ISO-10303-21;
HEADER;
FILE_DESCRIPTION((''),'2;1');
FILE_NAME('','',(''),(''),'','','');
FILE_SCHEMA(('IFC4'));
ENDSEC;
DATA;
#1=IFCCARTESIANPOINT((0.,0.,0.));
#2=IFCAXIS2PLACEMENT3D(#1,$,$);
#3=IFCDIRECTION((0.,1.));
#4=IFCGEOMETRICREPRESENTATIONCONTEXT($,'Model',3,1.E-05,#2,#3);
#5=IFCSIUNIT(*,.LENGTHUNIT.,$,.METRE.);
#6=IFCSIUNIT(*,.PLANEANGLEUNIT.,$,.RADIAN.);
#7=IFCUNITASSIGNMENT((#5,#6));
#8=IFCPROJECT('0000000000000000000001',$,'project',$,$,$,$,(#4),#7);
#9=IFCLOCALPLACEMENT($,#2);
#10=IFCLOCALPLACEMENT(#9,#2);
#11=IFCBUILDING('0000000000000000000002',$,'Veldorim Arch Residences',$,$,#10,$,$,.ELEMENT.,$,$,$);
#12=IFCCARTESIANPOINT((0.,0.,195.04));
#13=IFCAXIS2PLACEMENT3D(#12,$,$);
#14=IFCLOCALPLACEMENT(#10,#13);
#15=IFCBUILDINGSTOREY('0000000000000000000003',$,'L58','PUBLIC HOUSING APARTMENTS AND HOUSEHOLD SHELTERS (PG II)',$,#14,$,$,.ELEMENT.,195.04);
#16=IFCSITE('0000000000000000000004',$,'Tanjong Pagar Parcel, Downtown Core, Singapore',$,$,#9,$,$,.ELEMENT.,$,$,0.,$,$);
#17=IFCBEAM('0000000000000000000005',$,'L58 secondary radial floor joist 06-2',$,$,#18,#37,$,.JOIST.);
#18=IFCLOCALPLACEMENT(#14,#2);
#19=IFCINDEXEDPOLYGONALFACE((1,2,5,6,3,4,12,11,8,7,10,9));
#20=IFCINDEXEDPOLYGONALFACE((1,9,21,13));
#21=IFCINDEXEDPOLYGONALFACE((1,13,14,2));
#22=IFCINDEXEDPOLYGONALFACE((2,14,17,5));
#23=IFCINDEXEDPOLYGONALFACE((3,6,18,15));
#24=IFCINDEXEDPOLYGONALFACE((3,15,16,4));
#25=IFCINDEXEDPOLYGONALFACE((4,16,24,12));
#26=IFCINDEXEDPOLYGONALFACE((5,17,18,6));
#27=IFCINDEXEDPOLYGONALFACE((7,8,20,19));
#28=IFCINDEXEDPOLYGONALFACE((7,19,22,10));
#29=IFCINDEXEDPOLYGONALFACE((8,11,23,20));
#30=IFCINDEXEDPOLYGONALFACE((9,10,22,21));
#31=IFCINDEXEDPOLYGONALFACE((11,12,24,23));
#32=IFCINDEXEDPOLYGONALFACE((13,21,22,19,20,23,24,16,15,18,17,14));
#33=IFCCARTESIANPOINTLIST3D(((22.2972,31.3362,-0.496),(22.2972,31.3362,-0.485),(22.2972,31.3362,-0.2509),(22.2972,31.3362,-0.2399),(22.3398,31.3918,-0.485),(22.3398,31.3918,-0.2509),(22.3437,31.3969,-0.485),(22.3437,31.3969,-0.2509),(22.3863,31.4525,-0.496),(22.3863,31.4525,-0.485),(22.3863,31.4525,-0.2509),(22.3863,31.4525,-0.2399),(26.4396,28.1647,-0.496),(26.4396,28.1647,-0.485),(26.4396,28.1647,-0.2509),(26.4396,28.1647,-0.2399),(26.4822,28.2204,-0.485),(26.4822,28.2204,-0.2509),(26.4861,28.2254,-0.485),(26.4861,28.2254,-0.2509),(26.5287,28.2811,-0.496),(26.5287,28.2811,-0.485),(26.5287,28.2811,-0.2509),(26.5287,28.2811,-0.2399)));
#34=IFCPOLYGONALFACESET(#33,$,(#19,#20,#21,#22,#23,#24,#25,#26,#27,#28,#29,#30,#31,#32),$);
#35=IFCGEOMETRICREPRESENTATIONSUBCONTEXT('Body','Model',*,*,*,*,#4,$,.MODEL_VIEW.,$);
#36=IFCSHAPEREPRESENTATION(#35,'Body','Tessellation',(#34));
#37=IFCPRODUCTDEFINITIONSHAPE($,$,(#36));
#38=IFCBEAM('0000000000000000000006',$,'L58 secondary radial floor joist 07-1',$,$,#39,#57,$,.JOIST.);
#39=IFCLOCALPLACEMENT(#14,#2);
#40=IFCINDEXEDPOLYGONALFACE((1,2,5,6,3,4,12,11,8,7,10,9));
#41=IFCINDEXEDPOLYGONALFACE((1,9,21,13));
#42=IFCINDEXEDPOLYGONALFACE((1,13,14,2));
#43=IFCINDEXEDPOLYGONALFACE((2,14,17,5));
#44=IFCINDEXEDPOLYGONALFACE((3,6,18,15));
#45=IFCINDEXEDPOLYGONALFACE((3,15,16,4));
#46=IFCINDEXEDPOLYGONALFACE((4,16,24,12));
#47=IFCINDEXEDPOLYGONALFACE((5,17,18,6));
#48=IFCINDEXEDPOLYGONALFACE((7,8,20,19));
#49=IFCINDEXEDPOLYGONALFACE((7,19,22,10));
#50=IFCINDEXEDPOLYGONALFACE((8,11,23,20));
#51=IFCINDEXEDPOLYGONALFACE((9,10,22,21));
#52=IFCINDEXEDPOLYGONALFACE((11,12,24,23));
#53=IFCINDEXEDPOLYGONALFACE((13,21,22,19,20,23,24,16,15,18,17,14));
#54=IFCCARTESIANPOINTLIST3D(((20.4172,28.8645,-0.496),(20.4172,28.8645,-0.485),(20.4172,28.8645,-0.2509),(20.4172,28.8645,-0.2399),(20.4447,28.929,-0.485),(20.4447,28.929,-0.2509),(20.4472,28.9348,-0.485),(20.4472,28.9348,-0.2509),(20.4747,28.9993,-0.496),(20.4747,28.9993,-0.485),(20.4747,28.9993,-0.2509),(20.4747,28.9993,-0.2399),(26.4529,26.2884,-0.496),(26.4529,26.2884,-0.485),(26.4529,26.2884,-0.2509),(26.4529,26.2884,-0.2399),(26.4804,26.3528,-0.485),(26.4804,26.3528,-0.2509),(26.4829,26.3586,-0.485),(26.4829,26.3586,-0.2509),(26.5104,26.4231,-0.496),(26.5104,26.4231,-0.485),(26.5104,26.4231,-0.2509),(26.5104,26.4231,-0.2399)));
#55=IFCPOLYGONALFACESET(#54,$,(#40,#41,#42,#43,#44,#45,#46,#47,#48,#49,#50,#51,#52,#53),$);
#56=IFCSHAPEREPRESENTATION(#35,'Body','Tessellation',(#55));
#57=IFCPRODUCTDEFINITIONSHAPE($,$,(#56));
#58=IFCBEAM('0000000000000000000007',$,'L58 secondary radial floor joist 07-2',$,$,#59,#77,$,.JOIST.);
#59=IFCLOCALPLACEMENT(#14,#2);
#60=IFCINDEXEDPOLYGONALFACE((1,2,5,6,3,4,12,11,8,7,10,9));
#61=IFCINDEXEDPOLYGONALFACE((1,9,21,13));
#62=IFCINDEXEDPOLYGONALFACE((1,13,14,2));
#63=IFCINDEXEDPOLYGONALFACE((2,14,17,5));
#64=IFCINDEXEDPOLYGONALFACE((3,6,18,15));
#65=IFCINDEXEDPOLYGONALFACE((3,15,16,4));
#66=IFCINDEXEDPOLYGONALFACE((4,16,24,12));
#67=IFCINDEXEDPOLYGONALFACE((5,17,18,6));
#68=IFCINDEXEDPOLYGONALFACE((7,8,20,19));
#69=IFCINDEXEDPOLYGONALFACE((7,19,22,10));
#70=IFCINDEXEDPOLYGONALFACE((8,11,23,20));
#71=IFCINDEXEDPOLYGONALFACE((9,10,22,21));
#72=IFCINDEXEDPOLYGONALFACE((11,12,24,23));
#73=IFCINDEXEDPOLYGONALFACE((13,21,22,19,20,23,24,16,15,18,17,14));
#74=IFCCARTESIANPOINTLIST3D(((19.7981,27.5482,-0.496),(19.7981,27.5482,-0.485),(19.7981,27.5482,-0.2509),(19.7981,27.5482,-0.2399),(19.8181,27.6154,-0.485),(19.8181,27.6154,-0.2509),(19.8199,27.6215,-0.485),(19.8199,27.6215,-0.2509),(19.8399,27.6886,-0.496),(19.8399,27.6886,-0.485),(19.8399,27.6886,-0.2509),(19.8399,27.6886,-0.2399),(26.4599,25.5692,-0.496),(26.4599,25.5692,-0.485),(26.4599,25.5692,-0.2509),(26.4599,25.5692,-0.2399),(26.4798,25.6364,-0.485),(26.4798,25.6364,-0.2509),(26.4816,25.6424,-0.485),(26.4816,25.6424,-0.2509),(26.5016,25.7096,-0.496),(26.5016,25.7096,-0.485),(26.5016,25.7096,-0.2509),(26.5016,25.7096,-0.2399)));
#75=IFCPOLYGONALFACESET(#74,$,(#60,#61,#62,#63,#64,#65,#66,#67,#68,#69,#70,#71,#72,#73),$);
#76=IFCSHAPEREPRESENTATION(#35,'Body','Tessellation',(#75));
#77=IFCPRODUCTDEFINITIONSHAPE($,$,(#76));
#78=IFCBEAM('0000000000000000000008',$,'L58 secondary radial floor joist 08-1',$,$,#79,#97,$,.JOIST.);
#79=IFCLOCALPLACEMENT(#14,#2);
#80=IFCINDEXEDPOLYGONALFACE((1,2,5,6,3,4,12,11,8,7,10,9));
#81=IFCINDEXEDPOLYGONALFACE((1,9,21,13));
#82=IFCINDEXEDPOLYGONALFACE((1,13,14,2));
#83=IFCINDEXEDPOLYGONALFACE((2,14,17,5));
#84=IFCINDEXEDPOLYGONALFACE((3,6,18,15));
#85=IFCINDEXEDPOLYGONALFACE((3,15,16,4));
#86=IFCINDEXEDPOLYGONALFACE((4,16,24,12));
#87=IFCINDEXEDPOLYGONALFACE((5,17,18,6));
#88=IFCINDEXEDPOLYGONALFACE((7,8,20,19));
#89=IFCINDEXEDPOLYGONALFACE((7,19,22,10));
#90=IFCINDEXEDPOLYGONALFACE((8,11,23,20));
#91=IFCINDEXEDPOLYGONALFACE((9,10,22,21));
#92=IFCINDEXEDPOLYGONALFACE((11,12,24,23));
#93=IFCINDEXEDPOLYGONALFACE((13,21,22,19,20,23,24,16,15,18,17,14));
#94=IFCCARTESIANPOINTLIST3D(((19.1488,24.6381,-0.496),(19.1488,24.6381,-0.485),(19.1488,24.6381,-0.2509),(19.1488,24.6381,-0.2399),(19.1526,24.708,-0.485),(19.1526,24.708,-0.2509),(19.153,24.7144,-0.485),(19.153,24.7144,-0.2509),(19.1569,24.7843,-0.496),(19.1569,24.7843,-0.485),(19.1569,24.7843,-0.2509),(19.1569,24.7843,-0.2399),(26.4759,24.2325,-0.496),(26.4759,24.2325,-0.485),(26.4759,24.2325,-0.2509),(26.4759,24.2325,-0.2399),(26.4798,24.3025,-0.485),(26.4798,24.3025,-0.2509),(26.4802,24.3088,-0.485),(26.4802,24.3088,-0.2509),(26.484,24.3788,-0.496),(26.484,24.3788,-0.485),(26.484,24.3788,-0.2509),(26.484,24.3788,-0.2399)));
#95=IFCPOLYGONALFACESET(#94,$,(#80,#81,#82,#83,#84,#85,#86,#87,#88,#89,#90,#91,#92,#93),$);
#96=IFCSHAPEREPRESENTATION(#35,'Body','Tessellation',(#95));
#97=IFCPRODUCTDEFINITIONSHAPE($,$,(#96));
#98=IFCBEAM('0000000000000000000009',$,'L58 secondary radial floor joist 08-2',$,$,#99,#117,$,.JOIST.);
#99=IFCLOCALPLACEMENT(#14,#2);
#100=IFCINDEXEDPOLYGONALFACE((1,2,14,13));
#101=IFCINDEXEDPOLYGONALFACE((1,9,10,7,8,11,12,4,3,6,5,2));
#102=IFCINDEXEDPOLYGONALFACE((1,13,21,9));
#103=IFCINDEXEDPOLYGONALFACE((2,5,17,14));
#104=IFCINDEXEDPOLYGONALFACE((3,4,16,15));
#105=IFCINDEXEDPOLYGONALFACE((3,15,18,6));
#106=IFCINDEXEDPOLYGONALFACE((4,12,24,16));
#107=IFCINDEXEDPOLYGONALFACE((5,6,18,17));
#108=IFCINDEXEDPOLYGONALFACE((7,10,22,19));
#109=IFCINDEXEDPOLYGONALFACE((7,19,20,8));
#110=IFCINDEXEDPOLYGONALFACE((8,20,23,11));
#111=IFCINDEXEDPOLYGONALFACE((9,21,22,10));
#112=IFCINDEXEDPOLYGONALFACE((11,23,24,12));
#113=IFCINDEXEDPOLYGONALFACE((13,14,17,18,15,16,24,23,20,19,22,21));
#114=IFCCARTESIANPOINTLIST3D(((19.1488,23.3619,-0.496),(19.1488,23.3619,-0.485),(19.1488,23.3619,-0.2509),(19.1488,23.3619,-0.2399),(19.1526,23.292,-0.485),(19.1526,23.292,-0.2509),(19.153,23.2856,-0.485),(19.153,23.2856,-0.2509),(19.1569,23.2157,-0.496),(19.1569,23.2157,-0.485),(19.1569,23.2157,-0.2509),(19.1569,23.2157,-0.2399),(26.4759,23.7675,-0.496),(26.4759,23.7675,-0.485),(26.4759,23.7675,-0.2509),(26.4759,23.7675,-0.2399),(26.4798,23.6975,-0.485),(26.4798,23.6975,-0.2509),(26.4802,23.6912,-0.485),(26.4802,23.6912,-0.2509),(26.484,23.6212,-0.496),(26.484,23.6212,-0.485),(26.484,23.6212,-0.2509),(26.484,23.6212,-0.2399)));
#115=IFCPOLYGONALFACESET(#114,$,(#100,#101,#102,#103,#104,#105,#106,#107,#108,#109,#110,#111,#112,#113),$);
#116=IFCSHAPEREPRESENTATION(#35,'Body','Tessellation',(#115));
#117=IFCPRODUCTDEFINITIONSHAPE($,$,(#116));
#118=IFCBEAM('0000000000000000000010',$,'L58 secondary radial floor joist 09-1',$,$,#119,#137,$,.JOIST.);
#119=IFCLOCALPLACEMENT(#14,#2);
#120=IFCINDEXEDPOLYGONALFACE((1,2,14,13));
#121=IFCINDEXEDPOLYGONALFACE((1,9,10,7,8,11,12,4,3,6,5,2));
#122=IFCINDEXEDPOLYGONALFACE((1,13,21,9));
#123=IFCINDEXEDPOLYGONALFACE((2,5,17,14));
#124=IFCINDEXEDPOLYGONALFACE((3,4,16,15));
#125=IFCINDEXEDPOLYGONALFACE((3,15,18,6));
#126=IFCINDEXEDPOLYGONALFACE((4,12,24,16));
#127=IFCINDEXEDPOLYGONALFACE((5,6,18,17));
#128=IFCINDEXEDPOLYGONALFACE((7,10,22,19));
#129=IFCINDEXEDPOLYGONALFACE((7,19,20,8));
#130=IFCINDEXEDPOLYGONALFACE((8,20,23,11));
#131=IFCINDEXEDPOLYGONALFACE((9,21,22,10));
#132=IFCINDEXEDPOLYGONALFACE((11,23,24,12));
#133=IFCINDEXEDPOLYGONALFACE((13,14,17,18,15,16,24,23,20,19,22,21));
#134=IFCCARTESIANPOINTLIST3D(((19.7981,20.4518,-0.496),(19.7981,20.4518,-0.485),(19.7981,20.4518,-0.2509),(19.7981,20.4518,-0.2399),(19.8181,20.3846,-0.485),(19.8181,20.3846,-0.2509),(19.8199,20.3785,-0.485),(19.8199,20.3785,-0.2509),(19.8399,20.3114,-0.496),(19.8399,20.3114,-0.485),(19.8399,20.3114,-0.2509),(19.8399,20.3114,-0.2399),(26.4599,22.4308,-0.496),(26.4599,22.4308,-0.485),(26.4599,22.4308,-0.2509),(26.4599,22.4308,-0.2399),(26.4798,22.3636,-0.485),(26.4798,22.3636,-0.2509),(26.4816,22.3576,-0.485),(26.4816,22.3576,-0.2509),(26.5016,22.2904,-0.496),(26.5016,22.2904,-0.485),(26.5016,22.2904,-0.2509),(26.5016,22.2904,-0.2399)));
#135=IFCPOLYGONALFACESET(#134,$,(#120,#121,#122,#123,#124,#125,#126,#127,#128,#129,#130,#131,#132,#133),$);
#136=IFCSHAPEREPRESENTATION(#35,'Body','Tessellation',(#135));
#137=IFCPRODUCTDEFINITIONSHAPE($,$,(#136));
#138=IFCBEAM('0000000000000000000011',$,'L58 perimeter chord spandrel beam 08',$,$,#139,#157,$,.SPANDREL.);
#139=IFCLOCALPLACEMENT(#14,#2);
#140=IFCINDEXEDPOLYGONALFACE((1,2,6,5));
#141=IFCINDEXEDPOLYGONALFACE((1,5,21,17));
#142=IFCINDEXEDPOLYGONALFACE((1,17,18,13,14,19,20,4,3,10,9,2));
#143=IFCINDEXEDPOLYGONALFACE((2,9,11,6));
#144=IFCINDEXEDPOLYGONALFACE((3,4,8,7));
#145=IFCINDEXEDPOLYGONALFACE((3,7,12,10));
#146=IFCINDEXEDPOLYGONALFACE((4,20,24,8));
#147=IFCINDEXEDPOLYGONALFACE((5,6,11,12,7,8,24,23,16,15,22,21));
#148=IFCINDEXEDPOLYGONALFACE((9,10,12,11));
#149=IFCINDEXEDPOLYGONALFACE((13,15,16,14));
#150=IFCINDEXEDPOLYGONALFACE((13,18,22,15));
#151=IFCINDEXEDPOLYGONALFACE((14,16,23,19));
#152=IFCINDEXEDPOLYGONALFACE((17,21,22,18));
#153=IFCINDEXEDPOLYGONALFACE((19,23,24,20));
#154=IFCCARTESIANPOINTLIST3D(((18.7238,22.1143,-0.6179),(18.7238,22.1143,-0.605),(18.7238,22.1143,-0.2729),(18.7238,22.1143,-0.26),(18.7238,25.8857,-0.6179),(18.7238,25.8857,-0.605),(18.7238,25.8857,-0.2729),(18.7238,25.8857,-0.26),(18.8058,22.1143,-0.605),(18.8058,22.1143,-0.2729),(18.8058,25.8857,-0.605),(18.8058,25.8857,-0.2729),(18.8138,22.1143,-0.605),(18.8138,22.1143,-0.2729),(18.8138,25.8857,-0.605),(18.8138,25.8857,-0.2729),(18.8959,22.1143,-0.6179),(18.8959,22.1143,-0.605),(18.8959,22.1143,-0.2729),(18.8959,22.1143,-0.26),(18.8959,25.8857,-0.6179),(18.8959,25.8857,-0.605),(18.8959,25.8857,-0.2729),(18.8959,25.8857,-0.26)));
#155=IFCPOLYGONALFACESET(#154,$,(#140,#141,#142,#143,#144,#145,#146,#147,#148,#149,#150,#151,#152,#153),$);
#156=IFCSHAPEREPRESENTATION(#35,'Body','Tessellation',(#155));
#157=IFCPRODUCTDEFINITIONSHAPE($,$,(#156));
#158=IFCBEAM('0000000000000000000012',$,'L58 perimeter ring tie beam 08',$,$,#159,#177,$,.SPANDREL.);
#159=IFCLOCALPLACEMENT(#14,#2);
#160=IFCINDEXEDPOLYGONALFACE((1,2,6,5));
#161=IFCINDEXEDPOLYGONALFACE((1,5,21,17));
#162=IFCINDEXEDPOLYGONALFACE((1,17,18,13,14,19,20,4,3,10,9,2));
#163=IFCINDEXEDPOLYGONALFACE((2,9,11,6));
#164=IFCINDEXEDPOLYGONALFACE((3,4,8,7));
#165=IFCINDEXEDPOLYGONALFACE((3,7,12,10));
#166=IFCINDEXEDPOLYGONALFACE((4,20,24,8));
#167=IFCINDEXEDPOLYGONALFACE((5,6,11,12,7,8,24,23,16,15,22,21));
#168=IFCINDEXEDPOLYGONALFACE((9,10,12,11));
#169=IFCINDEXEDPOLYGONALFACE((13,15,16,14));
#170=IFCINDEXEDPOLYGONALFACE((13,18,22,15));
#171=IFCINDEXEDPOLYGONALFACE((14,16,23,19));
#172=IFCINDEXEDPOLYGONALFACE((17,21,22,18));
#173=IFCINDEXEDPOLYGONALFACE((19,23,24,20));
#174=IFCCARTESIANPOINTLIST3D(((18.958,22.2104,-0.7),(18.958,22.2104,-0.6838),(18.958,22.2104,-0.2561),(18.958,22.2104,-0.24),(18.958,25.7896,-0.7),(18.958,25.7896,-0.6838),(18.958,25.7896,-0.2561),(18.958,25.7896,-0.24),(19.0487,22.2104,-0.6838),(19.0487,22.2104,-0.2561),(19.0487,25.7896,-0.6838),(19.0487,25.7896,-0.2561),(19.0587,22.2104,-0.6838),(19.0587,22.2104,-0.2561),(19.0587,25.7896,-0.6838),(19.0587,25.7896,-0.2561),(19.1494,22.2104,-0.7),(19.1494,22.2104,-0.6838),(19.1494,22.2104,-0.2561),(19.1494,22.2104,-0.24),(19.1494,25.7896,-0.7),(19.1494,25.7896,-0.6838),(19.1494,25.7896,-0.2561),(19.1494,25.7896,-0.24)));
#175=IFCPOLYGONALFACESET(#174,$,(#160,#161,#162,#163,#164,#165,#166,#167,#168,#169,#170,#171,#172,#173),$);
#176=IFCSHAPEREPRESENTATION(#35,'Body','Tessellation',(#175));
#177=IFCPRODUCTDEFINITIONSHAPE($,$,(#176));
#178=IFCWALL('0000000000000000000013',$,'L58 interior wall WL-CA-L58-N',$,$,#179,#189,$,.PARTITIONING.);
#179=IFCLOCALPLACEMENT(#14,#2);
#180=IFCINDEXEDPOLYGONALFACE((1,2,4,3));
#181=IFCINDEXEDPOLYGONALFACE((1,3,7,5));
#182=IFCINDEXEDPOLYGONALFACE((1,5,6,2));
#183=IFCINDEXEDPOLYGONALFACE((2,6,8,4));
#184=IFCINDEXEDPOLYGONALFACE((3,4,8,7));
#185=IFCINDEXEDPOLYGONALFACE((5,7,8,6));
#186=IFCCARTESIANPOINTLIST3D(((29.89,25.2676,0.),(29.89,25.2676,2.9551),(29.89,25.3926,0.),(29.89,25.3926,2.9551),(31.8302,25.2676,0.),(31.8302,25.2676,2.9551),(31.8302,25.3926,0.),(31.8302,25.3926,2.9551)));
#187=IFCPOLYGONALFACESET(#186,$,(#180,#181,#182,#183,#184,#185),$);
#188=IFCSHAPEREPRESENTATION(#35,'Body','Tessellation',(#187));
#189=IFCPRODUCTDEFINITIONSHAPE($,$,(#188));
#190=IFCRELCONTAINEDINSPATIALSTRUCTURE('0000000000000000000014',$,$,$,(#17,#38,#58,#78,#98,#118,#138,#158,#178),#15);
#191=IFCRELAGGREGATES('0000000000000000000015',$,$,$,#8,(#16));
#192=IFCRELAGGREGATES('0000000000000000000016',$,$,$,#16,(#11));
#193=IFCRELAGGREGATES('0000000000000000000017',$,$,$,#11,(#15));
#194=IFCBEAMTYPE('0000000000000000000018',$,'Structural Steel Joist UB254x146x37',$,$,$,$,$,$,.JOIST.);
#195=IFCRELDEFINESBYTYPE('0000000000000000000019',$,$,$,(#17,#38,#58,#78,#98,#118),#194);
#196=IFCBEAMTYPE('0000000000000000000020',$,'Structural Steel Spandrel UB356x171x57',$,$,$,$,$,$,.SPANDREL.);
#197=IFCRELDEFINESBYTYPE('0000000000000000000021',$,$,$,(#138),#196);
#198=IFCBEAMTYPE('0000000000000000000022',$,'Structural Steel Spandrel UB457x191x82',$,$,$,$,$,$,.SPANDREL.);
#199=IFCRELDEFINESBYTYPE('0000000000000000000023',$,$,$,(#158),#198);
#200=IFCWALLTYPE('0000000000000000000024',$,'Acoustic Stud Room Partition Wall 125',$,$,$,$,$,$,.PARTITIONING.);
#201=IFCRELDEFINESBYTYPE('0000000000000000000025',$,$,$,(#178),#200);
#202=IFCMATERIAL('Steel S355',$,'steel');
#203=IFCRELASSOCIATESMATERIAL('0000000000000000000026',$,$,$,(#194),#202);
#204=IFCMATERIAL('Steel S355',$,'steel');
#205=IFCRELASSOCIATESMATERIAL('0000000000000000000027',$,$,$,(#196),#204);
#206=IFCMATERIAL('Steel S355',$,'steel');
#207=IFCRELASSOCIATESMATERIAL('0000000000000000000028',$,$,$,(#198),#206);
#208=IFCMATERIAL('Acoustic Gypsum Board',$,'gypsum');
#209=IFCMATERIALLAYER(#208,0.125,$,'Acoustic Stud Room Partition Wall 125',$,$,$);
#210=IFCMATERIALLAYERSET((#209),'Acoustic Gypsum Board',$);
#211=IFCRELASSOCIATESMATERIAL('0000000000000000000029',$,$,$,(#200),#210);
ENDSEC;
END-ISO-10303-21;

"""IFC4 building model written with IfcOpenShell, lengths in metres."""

from ifc_helpers import new_model, si_unit, direction, frame, frame_2d, origin, origin_2d, place, context, subcontext, project, spatial, rectangle, i_section, extrude, material, layer, layer_set, material_profile, profile_set, type_object, element, save


model = new_model("IFC4")

# Units and contexts
model_context = context("Model", 3, precision=1e-05, world=origin(), true_north=direction((0.0, 1.0)))
body_context = subcontext(model_context, "Body", "Model", "MODEL_VIEW")
ifc_project = project(units=[si_unit("LENGTHUNIT", "METRE"), si_unit("PLANEANGLEUNIT", "RADIAN")], contexts=[model_context])

# Site, building, storey
site_placement = place(None, origin())
site = spatial("IfcSite", under=ifc_project, at=site_placement, Name="Tanjong Pagar Parcel, Downtown Core, Singapore", CompositionType="ELEMENT", RefElevation=0.0)
building_placement = place(site_placement, origin())
building = spatial("IfcBuilding", under=site, at=building_placement, Name="Veldorim Arch Residences", CompositionType="ELEMENT")
storey_placement = place(building_placement, frame((0.0, 0.0, 195.04)))
storey = spatial("IfcBuildingStorey", under=building, at=storey_placement, Name="L58", Description="PUBLIC HOUSING APARTMENTS AND HOUSEHOLD SHELTERS (PG II)", CompositionType="ELEMENT", Elevation=195.04)

# Beams
ifc_material_1 = material(Name="Steel S355", Category="steel")
ifc_material_profile_1 = material_profile(ifc_material_1, i_section(OverallWidth=0.1465, OverallDepth=0.2561, WebThickness=0.0063, FlangeThickness=0.011, at=origin_2d()), Name="UB254x146x37")
ifc_profile_set_1 = profile_set([ifc_material_profile_1], Name="Steel S355")
beam_type_1 = type_object("IfcBeamType", Name="Structural Steel Joist UB254x146x37", PredefinedType="JOIST", material=ifc_profile_set_1)
beam_1_placement = place(storey_placement, frame((26.4841, 28.2229, -0.3679), z_axis=(-0.794014, 0.6079, 0.0), x_axis=(-0.6079, -0.794014, 0.0)))
element("IfcBeam", 1, at=beam_1_placement, inside=storey, type_object=beam_type_1, Name="L58 secondary radial floor joist 06-2", PredefinedType="JOIST", context=body_context, shape_type="SweptSolid", body=[
    extrude(i_section(OverallWidth=0.1465, OverallDepth=0.2561, WebThickness=0.0063, FlangeThickness=0.011, at=origin_2d()), origin(), (0.0, 0.0, 1.0), 5.217),
])
beam_2_placement = place(storey_placement, frame((26.4817, 26.3557, -0.3679), z_axis=(-0.919725, 0.392563, 0.0), x_axis=(-0.392563, -0.919725, 0.0)))
element("IfcBeam", 2, at=beam_2_placement, inside=storey, type_object=beam_type_1, Name="L58 secondary radial floor joist 07-1", PredefinedType="JOIST", context=body_context, shape_type="SweptSolid", body=[
    extrude(i_section(OverallWidth=0.1465, OverallDepth=0.2561, WebThickness=0.0063, FlangeThickness=0.011, at=origin_2d()), origin(), (0.0, 0.0, 1.0), 6.5625),
])
beam_3_placement = place(storey_placement, frame((26.4807, 25.6394, -0.3679), z_axis=(-0.958594, 0.284775, 0.0), x_axis=(-0.284775, -0.958594, 0.0)))
element("IfcBeam", 3, at=beam_3_placement, inside=storey, type_object=beam_type_1, Name="L58 secondary radial floor joist 07-2", PredefinedType="JOIST", context=body_context, shape_type="SweptSolid", body=[
    extrude(i_section(OverallWidth=0.1465, OverallDepth=0.2561, WebThickness=0.0063, FlangeThickness=0.011, at=origin_2d()), origin(), (0.0, 0.0, 1.0), 6.9495),
])
for number, where, z_axis, x_axis, name in (
    (4, (26.48, 24.3057, -0.3679), (-0.998472, 0.05526, 0.0), (-0.05526, -0.998472, 0.0), "L58 secondary radial floor joist 08-1"),
    (5, (26.48, 23.6943, -0.3679), (-0.998472, -0.05526, 0.0), (0.05526, -0.998472, 0.0), "L58 secondary radial floor joist 08-2"),
):
    element("IfcBeam", number, at=place(storey_placement, frame(where, z_axis=z_axis, x_axis=x_axis)), inside=storey, type_object=beam_type_1, Name=name, PredefinedType="JOIST", context=body_context, shape_type="SweptSolid", body=[
        extrude(i_section(OverallWidth=0.1465, OverallDepth=0.2561, WebThickness=0.0063, FlangeThickness=0.011, at=origin_2d()), origin(), (0.0, 0.0, 1.0), 7.3384),
    ])
beam_4_placement = place(storey_placement, frame((26.4807, 22.3606, -0.3679), z_axis=(-0.958594, -0.284775, 0.0), x_axis=(0.284775, -0.958594, 0.0)))
element("IfcBeam", 6, at=beam_4_placement, inside=storey, type_object=beam_type_1, Name="L58 secondary radial floor joist 09-1", PredefinedType="JOIST", context=body_context, shape_type="SweptSolid", body=[
    extrude(i_section(OverallWidth=0.1465, OverallDepth=0.2561, WebThickness=0.0063, FlangeThickness=0.011, at=origin_2d()), origin(), (0.0, 0.0, 1.0), 6.9495),
])
ifc_material_2 = material(Name="Steel S355", Category="steel")
ifc_material_profile_2 = material_profile(ifc_material_2, i_section(OverallWidth=0.1721, OverallDepth=0.3579, WebThickness=0.0081, FlangeThickness=0.0129, at=origin_2d()), Name="UB356x171x57")
ifc_profile_set_2 = profile_set([ifc_material_profile_2], Name="Steel S355")
beam_type_2 = type_object("IfcBeamType", Name="Structural Steel Spandrel UB356x171x57", PredefinedType="SPANDREL", material=ifc_profile_set_2)
beam_5_placement = place(storey_placement, frame((18.8098, 25.8857, -0.439), z_axis=(0.0, -1.0, 0.0), x_axis=(1.0, 0.0, 0.0)))
element("IfcBeam", 7, at=beam_5_placement, inside=storey, type_object=beam_type_2, Name="L58 perimeter chord spandrel beam 08", PredefinedType="SPANDREL", context=body_context, shape_type="SweptSolid", body=[
    extrude(i_section(OverallWidth=0.1721, OverallDepth=0.3579, WebThickness=0.0081, FlangeThickness=0.0129, at=origin_2d()), origin(), (0.0, 0.0, 1.0), 3.7715),
])
ifc_material_3 = material(Name="Steel S355", Category="steel")
ifc_material_profile_3 = material_profile(ifc_material_3, i_section(OverallWidth=0.1914, OverallDepth=0.46, WebThickness=0.01, FlangeThickness=0.0161, at=origin_2d()), Name="UB457x191x82")
ifc_profile_set_3 = profile_set([ifc_material_profile_3], Name="Steel S355")
beam_type_3 = type_object("IfcBeamType", Name="Structural Steel Spandrel UB457x191x82", PredefinedType="SPANDREL", material=ifc_profile_set_3)
beam_6_placement = place(storey_placement, frame((19.0537, 25.7896, -0.47), z_axis=(0.0, -1.0, 0.0), x_axis=(1.0, 0.0, 0.0)))
element("IfcBeam", 8, at=beam_6_placement, inside=storey, type_object=beam_type_3, Name="L58 perimeter ring tie beam 08", PredefinedType="SPANDREL", context=body_context, shape_type="SweptSolid", body=[
    extrude(i_section(OverallWidth=0.1914, OverallDepth=0.46, WebThickness=0.01, FlangeThickness=0.0161, at=origin_2d()), origin(), (0.0, 0.0, 1.0), 3.5791),
])

# Wall
ifc_material_4 = material(Name="Acoustic Gypsum Board", Category="gypsum")
ifc_layer_1 = layer(ifc_material_4, 0.125, Name="Acoustic Stud Room Partition Wall 125")
ifc_layer_set_1 = layer_set([ifc_layer_1], Name="Acoustic Gypsum Board")
wall_type_1 = type_object("IfcWallType", Name="Acoustic Stud Room Partition Wall 125", PredefinedType="PARTITIONING", material=ifc_layer_set_1)
wall_1_placement = place(storey_placement, frame((29.8899, 25.3301, 0.0), z_axis=(0.0, 0.0, 1.0), x_axis=(1.0, 0.0, 0.0)))
element("IfcWall", 9, at=wall_1_placement, inside=storey, type_object=wall_type_1, Name="L58 interior wall WL-CA-L58-N", PredefinedType="PARTITIONING", context=body_context, shape_type="SweptSolid", body=[
    extrude(rectangle(XDim=1.9402, YDim=0.125, at=frame_2d((0.9702, 0.0))), origin(), (0.0, 0.0, 1.0), 2.9551),
])

save(model, "model.ifc")
